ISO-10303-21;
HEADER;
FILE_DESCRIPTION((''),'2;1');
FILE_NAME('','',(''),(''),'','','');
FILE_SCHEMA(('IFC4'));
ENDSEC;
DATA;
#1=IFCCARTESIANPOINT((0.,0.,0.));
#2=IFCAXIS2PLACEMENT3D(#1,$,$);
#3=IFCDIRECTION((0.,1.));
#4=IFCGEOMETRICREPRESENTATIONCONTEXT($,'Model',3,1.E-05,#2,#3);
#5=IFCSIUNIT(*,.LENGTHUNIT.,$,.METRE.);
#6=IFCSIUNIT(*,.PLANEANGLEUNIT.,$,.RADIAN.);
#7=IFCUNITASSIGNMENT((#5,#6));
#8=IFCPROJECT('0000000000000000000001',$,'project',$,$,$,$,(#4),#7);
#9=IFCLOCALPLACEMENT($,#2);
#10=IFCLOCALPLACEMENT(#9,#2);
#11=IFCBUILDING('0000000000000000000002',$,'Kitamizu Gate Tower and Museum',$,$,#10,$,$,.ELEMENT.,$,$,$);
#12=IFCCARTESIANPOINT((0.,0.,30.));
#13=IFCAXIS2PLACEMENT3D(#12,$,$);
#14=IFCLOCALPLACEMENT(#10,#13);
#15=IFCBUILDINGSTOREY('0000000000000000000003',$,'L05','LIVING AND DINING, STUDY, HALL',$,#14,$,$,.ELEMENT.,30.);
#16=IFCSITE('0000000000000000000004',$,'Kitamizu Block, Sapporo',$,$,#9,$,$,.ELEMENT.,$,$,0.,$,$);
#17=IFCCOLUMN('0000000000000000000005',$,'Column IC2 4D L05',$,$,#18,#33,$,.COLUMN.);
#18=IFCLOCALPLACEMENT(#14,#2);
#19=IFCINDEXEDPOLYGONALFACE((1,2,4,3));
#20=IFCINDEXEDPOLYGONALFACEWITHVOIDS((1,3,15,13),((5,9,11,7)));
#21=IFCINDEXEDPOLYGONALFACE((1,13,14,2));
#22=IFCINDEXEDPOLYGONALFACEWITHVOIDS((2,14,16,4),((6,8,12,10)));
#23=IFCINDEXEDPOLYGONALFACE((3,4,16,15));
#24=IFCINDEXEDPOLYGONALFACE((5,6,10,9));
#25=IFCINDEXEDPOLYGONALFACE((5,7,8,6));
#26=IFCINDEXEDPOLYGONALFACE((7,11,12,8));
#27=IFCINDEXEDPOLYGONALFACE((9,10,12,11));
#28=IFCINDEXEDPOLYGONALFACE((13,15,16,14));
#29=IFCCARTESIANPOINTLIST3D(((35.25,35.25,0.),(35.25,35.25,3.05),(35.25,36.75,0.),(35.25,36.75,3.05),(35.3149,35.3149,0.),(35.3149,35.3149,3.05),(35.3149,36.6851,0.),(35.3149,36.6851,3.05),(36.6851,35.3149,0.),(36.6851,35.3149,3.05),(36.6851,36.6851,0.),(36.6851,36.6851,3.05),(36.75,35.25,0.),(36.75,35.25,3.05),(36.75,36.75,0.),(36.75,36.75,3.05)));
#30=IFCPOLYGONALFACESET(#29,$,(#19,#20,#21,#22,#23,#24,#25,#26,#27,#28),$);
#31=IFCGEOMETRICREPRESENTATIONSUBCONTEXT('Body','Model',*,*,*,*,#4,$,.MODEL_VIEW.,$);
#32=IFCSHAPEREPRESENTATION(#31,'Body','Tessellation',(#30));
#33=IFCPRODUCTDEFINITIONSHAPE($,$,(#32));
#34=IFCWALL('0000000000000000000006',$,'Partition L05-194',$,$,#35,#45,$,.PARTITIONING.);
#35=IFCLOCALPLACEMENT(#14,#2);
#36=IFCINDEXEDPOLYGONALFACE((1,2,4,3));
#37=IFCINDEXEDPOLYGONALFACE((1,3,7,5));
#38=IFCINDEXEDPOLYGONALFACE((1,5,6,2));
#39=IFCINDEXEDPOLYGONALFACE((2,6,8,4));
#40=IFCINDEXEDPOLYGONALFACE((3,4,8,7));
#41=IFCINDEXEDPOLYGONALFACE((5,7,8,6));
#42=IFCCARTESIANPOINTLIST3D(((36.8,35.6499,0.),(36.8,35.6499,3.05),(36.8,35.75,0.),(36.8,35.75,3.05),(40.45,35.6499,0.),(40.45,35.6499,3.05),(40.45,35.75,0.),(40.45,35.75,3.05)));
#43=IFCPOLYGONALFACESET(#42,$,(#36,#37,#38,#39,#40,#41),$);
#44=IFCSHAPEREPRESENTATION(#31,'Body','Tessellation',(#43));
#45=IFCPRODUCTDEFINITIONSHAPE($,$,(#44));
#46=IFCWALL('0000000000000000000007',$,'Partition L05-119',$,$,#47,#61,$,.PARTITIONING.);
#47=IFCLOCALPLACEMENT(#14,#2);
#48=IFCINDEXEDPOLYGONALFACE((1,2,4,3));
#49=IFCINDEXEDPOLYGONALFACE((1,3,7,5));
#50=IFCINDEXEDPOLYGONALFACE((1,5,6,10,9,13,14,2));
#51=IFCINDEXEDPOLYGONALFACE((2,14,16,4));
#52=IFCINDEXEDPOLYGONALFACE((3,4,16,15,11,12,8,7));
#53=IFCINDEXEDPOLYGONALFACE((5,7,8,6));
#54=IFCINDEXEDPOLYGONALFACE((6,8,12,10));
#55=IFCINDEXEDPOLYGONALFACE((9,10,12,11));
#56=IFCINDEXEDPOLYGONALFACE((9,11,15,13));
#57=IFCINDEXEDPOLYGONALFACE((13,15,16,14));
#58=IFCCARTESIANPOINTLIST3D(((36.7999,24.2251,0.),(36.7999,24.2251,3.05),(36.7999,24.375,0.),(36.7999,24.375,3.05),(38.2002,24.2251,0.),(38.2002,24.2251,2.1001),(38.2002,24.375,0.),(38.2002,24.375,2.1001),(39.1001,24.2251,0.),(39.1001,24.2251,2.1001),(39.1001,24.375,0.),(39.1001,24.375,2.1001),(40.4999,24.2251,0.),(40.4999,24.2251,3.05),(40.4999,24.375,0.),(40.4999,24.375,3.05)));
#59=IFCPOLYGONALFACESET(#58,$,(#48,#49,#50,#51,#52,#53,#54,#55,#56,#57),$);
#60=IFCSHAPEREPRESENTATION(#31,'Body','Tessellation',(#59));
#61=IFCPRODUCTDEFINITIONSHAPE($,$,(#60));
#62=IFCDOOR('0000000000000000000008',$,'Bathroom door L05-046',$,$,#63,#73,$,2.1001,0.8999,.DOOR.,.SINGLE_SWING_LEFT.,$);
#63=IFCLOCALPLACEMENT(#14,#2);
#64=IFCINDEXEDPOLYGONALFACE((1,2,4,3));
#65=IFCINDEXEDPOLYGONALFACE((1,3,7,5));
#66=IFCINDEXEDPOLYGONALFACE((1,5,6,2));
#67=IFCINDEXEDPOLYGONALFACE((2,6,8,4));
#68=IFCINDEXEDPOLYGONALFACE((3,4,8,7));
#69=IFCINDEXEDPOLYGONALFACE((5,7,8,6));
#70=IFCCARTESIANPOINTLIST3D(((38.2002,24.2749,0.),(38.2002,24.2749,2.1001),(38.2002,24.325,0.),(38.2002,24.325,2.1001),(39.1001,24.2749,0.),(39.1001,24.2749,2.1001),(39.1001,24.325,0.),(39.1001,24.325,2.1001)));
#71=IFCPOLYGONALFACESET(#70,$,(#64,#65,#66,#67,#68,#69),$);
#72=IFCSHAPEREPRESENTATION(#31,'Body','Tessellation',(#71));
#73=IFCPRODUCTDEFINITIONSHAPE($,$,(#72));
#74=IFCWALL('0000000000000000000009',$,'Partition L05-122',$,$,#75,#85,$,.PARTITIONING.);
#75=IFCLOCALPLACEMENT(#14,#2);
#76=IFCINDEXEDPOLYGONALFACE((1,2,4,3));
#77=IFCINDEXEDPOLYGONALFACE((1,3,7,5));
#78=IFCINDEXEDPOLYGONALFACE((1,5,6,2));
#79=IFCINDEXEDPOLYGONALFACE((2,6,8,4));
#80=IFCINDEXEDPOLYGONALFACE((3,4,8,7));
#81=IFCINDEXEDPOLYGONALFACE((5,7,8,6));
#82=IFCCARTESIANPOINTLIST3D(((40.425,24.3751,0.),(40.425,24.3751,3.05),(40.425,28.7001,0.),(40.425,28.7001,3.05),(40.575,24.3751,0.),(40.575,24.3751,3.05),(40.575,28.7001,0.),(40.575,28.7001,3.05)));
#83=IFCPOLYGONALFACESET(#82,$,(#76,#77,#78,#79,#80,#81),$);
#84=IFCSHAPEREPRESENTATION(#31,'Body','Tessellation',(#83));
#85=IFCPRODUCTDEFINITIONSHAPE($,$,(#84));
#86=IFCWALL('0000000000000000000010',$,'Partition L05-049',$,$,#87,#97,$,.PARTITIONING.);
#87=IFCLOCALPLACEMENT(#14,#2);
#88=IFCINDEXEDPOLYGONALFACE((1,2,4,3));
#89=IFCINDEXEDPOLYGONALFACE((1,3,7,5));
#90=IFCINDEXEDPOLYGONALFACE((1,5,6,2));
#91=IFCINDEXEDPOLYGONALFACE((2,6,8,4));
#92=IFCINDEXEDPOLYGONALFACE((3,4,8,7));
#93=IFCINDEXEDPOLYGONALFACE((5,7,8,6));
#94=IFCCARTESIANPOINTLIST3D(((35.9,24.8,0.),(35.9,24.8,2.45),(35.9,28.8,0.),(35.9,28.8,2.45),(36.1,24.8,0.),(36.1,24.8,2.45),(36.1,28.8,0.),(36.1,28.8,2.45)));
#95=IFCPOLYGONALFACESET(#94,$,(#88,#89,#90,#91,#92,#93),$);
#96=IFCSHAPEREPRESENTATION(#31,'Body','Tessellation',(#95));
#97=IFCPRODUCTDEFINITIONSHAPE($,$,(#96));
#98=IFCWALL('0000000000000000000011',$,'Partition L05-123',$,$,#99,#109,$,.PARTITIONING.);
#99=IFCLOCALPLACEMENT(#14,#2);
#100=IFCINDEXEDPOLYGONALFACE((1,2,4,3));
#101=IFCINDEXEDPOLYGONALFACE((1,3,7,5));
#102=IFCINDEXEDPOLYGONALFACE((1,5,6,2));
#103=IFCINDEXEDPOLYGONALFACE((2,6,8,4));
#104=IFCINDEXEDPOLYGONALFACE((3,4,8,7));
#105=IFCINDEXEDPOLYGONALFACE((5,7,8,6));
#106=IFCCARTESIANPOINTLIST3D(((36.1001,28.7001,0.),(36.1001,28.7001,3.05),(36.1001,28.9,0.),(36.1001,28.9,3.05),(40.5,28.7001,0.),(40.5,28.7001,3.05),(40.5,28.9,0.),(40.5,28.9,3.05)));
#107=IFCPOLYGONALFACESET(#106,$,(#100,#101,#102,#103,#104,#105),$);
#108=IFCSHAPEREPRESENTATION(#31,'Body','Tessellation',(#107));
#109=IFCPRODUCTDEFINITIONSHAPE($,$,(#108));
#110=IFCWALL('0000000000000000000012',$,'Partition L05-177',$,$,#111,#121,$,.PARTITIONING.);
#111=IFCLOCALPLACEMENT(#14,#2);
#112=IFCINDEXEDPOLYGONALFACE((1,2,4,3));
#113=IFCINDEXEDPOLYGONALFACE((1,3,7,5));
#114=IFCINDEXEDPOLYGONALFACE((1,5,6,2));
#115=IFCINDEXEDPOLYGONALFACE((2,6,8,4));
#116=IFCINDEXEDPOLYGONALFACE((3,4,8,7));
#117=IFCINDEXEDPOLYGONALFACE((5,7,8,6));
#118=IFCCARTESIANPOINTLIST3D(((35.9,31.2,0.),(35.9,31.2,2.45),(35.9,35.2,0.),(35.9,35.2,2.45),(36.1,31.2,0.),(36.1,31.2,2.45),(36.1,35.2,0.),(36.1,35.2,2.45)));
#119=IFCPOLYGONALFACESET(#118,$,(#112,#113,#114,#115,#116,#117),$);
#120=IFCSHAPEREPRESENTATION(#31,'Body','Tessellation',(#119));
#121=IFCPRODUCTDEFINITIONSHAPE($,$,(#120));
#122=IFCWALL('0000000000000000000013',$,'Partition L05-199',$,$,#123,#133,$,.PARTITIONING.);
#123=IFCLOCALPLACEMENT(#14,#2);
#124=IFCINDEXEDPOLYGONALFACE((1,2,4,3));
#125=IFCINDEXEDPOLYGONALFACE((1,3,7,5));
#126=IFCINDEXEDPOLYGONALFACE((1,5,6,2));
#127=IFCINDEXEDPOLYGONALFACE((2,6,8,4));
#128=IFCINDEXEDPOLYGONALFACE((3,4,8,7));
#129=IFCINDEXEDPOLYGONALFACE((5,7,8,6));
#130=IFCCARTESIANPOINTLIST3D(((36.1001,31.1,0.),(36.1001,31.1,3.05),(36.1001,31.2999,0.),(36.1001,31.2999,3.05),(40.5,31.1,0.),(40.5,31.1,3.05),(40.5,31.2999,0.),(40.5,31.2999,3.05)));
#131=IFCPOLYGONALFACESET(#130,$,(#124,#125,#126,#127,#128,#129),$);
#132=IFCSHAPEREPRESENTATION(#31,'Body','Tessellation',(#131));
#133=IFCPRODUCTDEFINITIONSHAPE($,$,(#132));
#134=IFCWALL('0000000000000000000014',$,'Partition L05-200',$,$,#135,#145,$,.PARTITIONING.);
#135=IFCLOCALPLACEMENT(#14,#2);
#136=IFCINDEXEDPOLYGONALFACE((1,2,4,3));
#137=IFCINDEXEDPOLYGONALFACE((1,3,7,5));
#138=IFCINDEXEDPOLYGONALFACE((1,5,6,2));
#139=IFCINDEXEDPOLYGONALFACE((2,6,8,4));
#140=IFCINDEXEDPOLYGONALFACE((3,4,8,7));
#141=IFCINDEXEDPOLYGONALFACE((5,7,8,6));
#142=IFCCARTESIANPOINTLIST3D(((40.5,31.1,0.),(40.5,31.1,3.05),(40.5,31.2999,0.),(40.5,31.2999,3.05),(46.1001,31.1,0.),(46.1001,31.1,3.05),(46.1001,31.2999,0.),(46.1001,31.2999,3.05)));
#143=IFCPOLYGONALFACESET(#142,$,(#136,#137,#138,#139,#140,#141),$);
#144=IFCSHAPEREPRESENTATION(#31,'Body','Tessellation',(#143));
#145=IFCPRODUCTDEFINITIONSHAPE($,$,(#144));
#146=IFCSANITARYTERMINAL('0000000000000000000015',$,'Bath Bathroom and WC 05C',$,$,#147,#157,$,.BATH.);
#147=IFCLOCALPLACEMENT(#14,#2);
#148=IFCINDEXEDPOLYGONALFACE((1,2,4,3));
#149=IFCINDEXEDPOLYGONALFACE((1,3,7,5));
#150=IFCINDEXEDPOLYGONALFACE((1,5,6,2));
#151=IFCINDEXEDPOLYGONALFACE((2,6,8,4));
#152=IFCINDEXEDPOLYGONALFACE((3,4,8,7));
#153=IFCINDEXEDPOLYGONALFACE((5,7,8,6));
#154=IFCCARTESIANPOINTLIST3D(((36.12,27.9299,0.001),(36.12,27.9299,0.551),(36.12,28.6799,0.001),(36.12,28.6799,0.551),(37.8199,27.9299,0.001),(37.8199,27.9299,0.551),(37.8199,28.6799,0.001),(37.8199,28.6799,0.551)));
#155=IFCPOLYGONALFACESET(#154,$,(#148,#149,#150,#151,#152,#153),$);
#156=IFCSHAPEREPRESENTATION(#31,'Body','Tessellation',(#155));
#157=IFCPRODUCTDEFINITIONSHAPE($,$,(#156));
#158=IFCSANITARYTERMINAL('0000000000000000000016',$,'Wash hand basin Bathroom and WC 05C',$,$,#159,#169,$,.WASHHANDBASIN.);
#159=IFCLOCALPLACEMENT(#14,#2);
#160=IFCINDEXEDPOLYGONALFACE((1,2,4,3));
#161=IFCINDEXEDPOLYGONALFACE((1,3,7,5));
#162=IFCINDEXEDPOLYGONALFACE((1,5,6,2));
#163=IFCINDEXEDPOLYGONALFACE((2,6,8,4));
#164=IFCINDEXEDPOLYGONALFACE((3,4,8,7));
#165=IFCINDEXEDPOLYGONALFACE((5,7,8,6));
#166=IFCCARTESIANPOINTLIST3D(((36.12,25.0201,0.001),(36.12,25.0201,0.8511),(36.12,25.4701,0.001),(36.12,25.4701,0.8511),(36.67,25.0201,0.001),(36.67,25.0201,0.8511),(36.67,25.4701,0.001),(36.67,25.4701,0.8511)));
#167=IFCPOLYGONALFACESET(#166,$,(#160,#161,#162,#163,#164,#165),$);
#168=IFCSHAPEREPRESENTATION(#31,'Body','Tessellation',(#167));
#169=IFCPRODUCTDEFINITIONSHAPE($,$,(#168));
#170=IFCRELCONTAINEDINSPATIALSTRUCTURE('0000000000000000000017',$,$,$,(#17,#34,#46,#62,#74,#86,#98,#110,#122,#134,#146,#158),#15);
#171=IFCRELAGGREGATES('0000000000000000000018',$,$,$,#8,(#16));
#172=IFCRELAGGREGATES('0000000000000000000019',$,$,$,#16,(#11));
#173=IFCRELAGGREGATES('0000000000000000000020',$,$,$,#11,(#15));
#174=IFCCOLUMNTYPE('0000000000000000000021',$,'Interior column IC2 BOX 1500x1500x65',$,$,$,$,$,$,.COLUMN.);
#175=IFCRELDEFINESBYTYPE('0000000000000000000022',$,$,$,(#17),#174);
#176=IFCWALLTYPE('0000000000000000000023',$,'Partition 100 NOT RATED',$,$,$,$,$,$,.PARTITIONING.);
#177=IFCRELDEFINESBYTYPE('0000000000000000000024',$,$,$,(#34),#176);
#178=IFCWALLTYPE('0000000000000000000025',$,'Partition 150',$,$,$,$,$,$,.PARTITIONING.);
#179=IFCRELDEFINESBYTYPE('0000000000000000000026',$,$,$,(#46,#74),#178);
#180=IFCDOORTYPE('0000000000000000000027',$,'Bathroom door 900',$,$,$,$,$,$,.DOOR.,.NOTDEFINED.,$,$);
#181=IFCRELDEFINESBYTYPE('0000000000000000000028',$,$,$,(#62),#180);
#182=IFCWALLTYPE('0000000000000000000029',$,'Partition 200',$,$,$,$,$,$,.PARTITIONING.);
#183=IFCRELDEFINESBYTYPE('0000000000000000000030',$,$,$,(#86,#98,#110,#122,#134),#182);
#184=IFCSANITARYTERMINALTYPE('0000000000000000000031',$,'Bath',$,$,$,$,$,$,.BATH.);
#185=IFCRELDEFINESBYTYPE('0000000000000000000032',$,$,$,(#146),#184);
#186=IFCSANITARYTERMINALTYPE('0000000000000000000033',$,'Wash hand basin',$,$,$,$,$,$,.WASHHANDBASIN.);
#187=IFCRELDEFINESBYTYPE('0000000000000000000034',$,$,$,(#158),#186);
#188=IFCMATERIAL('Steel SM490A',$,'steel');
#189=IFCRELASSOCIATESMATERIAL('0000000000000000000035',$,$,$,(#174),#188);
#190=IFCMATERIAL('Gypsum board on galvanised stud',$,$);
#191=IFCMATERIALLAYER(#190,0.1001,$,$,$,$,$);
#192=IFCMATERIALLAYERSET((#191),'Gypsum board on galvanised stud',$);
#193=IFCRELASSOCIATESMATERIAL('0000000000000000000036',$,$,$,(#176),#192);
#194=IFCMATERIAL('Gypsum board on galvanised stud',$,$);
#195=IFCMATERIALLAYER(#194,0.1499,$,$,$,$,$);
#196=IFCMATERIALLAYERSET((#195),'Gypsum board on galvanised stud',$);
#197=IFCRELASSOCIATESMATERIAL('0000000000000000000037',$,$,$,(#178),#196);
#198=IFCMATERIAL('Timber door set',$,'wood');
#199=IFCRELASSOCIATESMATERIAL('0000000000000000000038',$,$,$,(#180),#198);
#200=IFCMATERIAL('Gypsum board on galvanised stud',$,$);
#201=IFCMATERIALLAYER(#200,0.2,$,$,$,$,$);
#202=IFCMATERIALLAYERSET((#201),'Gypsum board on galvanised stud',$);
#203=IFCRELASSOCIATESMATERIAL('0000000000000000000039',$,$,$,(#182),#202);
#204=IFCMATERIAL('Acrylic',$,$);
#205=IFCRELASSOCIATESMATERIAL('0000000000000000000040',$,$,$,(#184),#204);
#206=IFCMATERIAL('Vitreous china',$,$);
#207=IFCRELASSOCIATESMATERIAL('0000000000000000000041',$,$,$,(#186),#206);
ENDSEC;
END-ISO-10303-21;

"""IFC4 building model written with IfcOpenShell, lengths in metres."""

from ifc_helpers import new_model, si_unit, direction, frame, frame_2d, origin, origin_2d, place, context, subcontext, project, spatial, rectangle, hollow_rectangle, extrude, material, layer, layer_set, material_profile, profile_set, type_object, element, fill, save


model = new_model("IFC4")

# Units and contexts
model_context = context("Model", 3, precision=1e-05, world=origin(), true_north=direction((0.0, 1.0)))
body_context = subcontext(model_context, "Body", "Model", "MODEL_VIEW")
ifc_project = project(units=[si_unit("LENGTHUNIT", "METRE"), si_unit("PLANEANGLEUNIT", "RADIAN")], contexts=[model_context])

# Site, building, storey
site_placement = place(None, origin())
site = spatial("IfcSite", under=ifc_project, at=site_placement, Name="Kitamizu Block, Sapporo", CompositionType="ELEMENT", RefElevation=0.0)
building_placement = place(site_placement, origin())
building = spatial("IfcBuilding", under=site, at=building_placement, Name="Kitamizu Gate Tower and Museum", CompositionType="ELEMENT")
storey_placement = place(building_placement, frame((0.0, 0.0, 30.0)))
storey = spatial("IfcBuildingStorey", under=building, at=storey_placement, Name="L05", Description="LIVING AND DINING, STUDY, HALL", CompositionType="ELEMENT", Elevation=30.0)

# Column
ifc_material_1 = material(Name="Steel SM490A", Category="steel")
ifc_material_profile = material_profile(ifc_material_1, hollow_rectangle(XDim=1.5, YDim=1.5, WallThickness=0.0649, at=origin_2d()), Name="BOX 1500x1500x65")
ifc_profile_set = profile_set([ifc_material_profile], Name="Steel SM490A")
column_type = type_object("IfcColumnType", Name="Interior column IC2 BOX 1500x1500x65", PredefinedType="COLUMN", material=ifc_profile_set)
column_placement = place(storey_placement, frame((36.0, 36.0, 0.0), z_axis=(0.0, 0.0, 1.0), x_axis=(1.0, 0.0, 0.0)))
element("IfcColumn", 1, at=column_placement, inside=storey, type_object=column_type, Name="Column IC2 4D L05", PredefinedType="COLUMN", context=body_context, shape_type="SweptSolid", body=[
    extrude(hollow_rectangle(XDim=1.5, YDim=1.5, WallThickness=0.0649, at=origin_2d()), origin(), (0.0, 0.0, 1.0), 3.05),
])

# Wall
ifc_material_2 = material(Name="Gypsum board on galvanised stud")
ifc_layer_1 = layer(ifc_material_2, 0.1001)
ifc_layer_set_1 = layer_set([ifc_layer_1], Name="Gypsum board on galvanised stud")
wall_type_1 = type_object("IfcWallType", Name="Partition 100 NOT RATED", PredefinedType="PARTITIONING", material=ifc_layer_set_1)
wall_1_placement = place(storey_placement, frame((36.8, 35.7, 0.0), z_axis=(0.0, 0.0, 1.0), x_axis=(1.0, 0.0, 0.0)))
element("IfcWall", 2, at=wall_1_placement, inside=storey, type_object=wall_type_1, Name="Partition L05-194", PredefinedType="PARTITIONING", context=body_context, shape_type="SweptSolid", body=[
    extrude(rectangle(XDim=3.6499, YDim=0.1001, at=frame_2d((1.825, 0.0))), origin(), (0.0, 0.0, 1.0), 3.05),
])

# Wall, opening, door
ifc_material_3 = material(Name="Gypsum board on galvanised stud")
ifc_layer_2 = layer(ifc_material_3, 0.1499)
ifc_layer_set_2 = layer_set([ifc_layer_2], Name="Gypsum board on galvanised stud")
wall_type_2 = type_object("IfcWallType", Name="Partition 150", PredefinedType="PARTITIONING", material=ifc_layer_set_2)
wall_2_placement = place(storey_placement, frame((40.5, 24.3, 0.0), z_axis=(0.0, 0.0, 1.0), x_axis=(-1.0, 0.0, 0.0)))
wall_2 = element("IfcWall", 3, at=wall_2_placement, inside=storey, type_object=wall_type_2, Name="Partition L05-119", PredefinedType="PARTITIONING", context=body_context, shape_type="SweptSolid", body=[
    extrude(rectangle(XDim=3.7, YDim=0.1499, at=frame_2d((1.8501, 0.0))), origin(), (0.0, 0.0, 1.0), 3.05),
])
opening_placement = place(wall_2_placement, frame((1.3999, 0.0, 0.0)))
opening = element("IfcOpeningElement", 4, at=opening_placement, cuts=wall_2, PredefinedType="OPENING", context=body_context, shape_type="SweptSolid", body=[
    extrude(rectangle(XDim=0.8999, YDim=2.1001, at=frame_2d((0.45, 1.05))), frame((0.0, 0.085, 0.0), z_axis=(0.0, -1.0, 0.0), x_axis=(1.0, 0.0, 0.0)), (0.0, 0.0, 1.0), 0.1699),
])
ifc_material_4 = material(Name="Timber door set", Category="wood")
door_type = type_object("IfcDoorType", Name="Bathroom door 900", OperationType="NOTDEFINED", PredefinedType="DOOR", material=ifc_material_4)
door_placement = place(opening_placement, frame((0.8999, 0.0, 0.0), x_axis=(-1.0, 0.0, 0.0)))
door = element("IfcDoor", 5, at=door_placement, inside=storey, type_object=door_type, Name="Bathroom door L05-046", OperationType="SINGLE_SWING_LEFT", OverallHeight=2.1001, OverallWidth=0.8999, PredefinedType="DOOR", context=body_context, shape_type="SweptSolid", body=[
    extrude(rectangle(XDim=0.8999, YDim=2.1001, at=frame_2d((0.45, 1.05))), frame((0.0, 0.0249, 0.0), z_axis=(0.0, -1.0, 0.0), x_axis=(1.0, 0.0, 0.0)), (0.0, 0.0, 1.0), 0.05),
])
fill(opening, door)

# Walls
wall_3_placement = place(storey_placement, frame((40.5, 24.375, 0.0), z_axis=(0.0, 0.0, 1.0), x_axis=(0.0, 1.0, 0.0)))
element("IfcWall", 6, at=wall_3_placement, inside=storey, type_object=wall_type_2, Name="Partition L05-122", PredefinedType="PARTITIONING", context=body_context, shape_type="SweptSolid", body=[
    extrude(rectangle(XDim=4.325, YDim=0.1499, at=frame_2d((2.1626, 0.0))), origin(), (0.0, 0.0, 1.0), 3.05),
])
ifc_material_5 = material(Name="Gypsum board on galvanised stud")
ifc_layer_3 = layer(ifc_material_5, 0.2)
ifc_layer_set_3 = layer_set([ifc_layer_3], Name="Gypsum board on galvanised stud")
wall_type_3 = type_object("IfcWallType", Name="Partition 200", PredefinedType="PARTITIONING", material=ifc_layer_set_3)
wall_4_placement = place(storey_placement, frame((36.0, 24.8, 0.0), z_axis=(0.0, 0.0, 1.0), x_axis=(0.0, 1.0, 0.0)))
element("IfcWall", 7, at=wall_4_placement, inside=storey, type_object=wall_type_3, Name="Partition L05-049", PredefinedType="PARTITIONING", context=body_context, shape_type="SweptSolid", body=[
    extrude(rectangle(XDim=4.0, YDim=0.2, at=frame_2d((2.0, 0.0))), origin(), (0.0, 0.0, 1.0), 2.45),
])
wall_5_placement = place(storey_placement, frame((40.5, 28.8, 0.0), z_axis=(0.0, 0.0, 1.0), x_axis=(-1.0, 0.0, 0.0)))
element("IfcWall", 8, at=wall_5_placement, inside=storey, type_object=wall_type_3, Name="Partition L05-123", PredefinedType="PARTITIONING", context=body_context, shape_type="SweptSolid", body=[
    extrude(rectangle(XDim=4.3999, YDim=0.2, at=frame_2d((2.2, 0.0))), origin(), (0.0, 0.0, 1.0), 3.05),
])
wall_6_placement = place(storey_placement, frame((36.0, 31.2, 0.0), z_axis=(0.0, 0.0, 1.0), x_axis=(0.0, 1.0, 0.0)))
element("IfcWall", 9, at=wall_6_placement, inside=storey, type_object=wall_type_3, Name="Partition L05-177", PredefinedType="PARTITIONING", context=body_context, shape_type="SweptSolid", body=[
    extrude(rectangle(XDim=4.0, YDim=0.2, at=frame_2d((2.0, 0.0))), origin(), (0.0, 0.0, 1.0), 2.45),
])
wall_7_placement = place(storey_placement, frame((36.1001, 31.2, 0.0), z_axis=(0.0, 0.0, 1.0), x_axis=(1.0, 0.0, 0.0)))
element("IfcWall", 10, at=wall_7_placement, inside=storey, type_object=wall_type_3, Name="Partition L05-199", PredefinedType="PARTITIONING", context=body_context, shape_type="SweptSolid", body=[
    extrude(rectangle(XDim=4.3999, YDim=0.2, at=frame_2d((2.2, 0.0))), origin(), (0.0, 0.0, 1.0), 3.05),
])
wall_8_placement = place(storey_placement, frame((40.5, 31.2, 0.0), z_axis=(0.0, 0.0, 1.0), x_axis=(1.0, 0.0, 0.0)))
element("IfcWall", 11, at=wall_8_placement, inside=storey, type_object=wall_type_3, Name="Partition L05-200", PredefinedType="PARTITIONING", context=body_context, shape_type="SweptSolid", body=[
    extrude(rectangle(XDim=5.6001, YDim=0.2, at=frame_2d((2.8, 0.0))), origin(), (0.0, 0.0, 1.0), 3.05),
])

# Sanitary terminals
ifc_material_6 = material(Name="Acrylic")
sanitary_terminal_type_1 = type_object("IfcSanitaryTerminalType", Name="Bath", PredefinedType="BATH", material=ifc_material_6)
sanitary_terminal_1_placement = place(storey_placement, frame((36.97, 28.3049, 0.001), z_axis=(0.0, 0.0, 1.0), x_axis=(1.0, 0.0, 0.0)))
element("IfcSanitaryTerminal", 12, at=sanitary_terminal_1_placement, inside=storey, type_object=sanitary_terminal_type_1, Name="Bath Bathroom and WC 05C", PredefinedType="BATH", context=body_context, shape_type="SweptSolid", body=[
    extrude(rectangle(XDim=1.7, YDim=0.75, at=origin_2d()), origin(), (0.0, 0.0, 1.0), 0.55),
])
ifc_material_7 = material(Name="Vitreous china")
sanitary_terminal_type_2 = type_object("IfcSanitaryTerminalType", Name="Wash hand basin", PredefinedType="WASHHANDBASIN", material=ifc_material_7)
sanitary_terminal_2_placement = place(storey_placement, frame((36.395, 25.2451, 0.001), z_axis=(0.0, 0.0, 1.0), x_axis=(1.0, 0.0, 0.0)))
element("IfcSanitaryTerminal", 13, at=sanitary_terminal_2_placement, inside=storey, type_object=sanitary_terminal_type_2, Name="Wash hand basin Bathroom and WC 05C", PredefinedType="WASHHANDBASIN", context=body_context, shape_type="SweptSolid", body=[
    extrude(rectangle(XDim=0.55, YDim=0.45, at=origin_2d()), origin(), (0.0, 0.0, 1.0), 0.8501),
])

save(model, "model.ifc")
